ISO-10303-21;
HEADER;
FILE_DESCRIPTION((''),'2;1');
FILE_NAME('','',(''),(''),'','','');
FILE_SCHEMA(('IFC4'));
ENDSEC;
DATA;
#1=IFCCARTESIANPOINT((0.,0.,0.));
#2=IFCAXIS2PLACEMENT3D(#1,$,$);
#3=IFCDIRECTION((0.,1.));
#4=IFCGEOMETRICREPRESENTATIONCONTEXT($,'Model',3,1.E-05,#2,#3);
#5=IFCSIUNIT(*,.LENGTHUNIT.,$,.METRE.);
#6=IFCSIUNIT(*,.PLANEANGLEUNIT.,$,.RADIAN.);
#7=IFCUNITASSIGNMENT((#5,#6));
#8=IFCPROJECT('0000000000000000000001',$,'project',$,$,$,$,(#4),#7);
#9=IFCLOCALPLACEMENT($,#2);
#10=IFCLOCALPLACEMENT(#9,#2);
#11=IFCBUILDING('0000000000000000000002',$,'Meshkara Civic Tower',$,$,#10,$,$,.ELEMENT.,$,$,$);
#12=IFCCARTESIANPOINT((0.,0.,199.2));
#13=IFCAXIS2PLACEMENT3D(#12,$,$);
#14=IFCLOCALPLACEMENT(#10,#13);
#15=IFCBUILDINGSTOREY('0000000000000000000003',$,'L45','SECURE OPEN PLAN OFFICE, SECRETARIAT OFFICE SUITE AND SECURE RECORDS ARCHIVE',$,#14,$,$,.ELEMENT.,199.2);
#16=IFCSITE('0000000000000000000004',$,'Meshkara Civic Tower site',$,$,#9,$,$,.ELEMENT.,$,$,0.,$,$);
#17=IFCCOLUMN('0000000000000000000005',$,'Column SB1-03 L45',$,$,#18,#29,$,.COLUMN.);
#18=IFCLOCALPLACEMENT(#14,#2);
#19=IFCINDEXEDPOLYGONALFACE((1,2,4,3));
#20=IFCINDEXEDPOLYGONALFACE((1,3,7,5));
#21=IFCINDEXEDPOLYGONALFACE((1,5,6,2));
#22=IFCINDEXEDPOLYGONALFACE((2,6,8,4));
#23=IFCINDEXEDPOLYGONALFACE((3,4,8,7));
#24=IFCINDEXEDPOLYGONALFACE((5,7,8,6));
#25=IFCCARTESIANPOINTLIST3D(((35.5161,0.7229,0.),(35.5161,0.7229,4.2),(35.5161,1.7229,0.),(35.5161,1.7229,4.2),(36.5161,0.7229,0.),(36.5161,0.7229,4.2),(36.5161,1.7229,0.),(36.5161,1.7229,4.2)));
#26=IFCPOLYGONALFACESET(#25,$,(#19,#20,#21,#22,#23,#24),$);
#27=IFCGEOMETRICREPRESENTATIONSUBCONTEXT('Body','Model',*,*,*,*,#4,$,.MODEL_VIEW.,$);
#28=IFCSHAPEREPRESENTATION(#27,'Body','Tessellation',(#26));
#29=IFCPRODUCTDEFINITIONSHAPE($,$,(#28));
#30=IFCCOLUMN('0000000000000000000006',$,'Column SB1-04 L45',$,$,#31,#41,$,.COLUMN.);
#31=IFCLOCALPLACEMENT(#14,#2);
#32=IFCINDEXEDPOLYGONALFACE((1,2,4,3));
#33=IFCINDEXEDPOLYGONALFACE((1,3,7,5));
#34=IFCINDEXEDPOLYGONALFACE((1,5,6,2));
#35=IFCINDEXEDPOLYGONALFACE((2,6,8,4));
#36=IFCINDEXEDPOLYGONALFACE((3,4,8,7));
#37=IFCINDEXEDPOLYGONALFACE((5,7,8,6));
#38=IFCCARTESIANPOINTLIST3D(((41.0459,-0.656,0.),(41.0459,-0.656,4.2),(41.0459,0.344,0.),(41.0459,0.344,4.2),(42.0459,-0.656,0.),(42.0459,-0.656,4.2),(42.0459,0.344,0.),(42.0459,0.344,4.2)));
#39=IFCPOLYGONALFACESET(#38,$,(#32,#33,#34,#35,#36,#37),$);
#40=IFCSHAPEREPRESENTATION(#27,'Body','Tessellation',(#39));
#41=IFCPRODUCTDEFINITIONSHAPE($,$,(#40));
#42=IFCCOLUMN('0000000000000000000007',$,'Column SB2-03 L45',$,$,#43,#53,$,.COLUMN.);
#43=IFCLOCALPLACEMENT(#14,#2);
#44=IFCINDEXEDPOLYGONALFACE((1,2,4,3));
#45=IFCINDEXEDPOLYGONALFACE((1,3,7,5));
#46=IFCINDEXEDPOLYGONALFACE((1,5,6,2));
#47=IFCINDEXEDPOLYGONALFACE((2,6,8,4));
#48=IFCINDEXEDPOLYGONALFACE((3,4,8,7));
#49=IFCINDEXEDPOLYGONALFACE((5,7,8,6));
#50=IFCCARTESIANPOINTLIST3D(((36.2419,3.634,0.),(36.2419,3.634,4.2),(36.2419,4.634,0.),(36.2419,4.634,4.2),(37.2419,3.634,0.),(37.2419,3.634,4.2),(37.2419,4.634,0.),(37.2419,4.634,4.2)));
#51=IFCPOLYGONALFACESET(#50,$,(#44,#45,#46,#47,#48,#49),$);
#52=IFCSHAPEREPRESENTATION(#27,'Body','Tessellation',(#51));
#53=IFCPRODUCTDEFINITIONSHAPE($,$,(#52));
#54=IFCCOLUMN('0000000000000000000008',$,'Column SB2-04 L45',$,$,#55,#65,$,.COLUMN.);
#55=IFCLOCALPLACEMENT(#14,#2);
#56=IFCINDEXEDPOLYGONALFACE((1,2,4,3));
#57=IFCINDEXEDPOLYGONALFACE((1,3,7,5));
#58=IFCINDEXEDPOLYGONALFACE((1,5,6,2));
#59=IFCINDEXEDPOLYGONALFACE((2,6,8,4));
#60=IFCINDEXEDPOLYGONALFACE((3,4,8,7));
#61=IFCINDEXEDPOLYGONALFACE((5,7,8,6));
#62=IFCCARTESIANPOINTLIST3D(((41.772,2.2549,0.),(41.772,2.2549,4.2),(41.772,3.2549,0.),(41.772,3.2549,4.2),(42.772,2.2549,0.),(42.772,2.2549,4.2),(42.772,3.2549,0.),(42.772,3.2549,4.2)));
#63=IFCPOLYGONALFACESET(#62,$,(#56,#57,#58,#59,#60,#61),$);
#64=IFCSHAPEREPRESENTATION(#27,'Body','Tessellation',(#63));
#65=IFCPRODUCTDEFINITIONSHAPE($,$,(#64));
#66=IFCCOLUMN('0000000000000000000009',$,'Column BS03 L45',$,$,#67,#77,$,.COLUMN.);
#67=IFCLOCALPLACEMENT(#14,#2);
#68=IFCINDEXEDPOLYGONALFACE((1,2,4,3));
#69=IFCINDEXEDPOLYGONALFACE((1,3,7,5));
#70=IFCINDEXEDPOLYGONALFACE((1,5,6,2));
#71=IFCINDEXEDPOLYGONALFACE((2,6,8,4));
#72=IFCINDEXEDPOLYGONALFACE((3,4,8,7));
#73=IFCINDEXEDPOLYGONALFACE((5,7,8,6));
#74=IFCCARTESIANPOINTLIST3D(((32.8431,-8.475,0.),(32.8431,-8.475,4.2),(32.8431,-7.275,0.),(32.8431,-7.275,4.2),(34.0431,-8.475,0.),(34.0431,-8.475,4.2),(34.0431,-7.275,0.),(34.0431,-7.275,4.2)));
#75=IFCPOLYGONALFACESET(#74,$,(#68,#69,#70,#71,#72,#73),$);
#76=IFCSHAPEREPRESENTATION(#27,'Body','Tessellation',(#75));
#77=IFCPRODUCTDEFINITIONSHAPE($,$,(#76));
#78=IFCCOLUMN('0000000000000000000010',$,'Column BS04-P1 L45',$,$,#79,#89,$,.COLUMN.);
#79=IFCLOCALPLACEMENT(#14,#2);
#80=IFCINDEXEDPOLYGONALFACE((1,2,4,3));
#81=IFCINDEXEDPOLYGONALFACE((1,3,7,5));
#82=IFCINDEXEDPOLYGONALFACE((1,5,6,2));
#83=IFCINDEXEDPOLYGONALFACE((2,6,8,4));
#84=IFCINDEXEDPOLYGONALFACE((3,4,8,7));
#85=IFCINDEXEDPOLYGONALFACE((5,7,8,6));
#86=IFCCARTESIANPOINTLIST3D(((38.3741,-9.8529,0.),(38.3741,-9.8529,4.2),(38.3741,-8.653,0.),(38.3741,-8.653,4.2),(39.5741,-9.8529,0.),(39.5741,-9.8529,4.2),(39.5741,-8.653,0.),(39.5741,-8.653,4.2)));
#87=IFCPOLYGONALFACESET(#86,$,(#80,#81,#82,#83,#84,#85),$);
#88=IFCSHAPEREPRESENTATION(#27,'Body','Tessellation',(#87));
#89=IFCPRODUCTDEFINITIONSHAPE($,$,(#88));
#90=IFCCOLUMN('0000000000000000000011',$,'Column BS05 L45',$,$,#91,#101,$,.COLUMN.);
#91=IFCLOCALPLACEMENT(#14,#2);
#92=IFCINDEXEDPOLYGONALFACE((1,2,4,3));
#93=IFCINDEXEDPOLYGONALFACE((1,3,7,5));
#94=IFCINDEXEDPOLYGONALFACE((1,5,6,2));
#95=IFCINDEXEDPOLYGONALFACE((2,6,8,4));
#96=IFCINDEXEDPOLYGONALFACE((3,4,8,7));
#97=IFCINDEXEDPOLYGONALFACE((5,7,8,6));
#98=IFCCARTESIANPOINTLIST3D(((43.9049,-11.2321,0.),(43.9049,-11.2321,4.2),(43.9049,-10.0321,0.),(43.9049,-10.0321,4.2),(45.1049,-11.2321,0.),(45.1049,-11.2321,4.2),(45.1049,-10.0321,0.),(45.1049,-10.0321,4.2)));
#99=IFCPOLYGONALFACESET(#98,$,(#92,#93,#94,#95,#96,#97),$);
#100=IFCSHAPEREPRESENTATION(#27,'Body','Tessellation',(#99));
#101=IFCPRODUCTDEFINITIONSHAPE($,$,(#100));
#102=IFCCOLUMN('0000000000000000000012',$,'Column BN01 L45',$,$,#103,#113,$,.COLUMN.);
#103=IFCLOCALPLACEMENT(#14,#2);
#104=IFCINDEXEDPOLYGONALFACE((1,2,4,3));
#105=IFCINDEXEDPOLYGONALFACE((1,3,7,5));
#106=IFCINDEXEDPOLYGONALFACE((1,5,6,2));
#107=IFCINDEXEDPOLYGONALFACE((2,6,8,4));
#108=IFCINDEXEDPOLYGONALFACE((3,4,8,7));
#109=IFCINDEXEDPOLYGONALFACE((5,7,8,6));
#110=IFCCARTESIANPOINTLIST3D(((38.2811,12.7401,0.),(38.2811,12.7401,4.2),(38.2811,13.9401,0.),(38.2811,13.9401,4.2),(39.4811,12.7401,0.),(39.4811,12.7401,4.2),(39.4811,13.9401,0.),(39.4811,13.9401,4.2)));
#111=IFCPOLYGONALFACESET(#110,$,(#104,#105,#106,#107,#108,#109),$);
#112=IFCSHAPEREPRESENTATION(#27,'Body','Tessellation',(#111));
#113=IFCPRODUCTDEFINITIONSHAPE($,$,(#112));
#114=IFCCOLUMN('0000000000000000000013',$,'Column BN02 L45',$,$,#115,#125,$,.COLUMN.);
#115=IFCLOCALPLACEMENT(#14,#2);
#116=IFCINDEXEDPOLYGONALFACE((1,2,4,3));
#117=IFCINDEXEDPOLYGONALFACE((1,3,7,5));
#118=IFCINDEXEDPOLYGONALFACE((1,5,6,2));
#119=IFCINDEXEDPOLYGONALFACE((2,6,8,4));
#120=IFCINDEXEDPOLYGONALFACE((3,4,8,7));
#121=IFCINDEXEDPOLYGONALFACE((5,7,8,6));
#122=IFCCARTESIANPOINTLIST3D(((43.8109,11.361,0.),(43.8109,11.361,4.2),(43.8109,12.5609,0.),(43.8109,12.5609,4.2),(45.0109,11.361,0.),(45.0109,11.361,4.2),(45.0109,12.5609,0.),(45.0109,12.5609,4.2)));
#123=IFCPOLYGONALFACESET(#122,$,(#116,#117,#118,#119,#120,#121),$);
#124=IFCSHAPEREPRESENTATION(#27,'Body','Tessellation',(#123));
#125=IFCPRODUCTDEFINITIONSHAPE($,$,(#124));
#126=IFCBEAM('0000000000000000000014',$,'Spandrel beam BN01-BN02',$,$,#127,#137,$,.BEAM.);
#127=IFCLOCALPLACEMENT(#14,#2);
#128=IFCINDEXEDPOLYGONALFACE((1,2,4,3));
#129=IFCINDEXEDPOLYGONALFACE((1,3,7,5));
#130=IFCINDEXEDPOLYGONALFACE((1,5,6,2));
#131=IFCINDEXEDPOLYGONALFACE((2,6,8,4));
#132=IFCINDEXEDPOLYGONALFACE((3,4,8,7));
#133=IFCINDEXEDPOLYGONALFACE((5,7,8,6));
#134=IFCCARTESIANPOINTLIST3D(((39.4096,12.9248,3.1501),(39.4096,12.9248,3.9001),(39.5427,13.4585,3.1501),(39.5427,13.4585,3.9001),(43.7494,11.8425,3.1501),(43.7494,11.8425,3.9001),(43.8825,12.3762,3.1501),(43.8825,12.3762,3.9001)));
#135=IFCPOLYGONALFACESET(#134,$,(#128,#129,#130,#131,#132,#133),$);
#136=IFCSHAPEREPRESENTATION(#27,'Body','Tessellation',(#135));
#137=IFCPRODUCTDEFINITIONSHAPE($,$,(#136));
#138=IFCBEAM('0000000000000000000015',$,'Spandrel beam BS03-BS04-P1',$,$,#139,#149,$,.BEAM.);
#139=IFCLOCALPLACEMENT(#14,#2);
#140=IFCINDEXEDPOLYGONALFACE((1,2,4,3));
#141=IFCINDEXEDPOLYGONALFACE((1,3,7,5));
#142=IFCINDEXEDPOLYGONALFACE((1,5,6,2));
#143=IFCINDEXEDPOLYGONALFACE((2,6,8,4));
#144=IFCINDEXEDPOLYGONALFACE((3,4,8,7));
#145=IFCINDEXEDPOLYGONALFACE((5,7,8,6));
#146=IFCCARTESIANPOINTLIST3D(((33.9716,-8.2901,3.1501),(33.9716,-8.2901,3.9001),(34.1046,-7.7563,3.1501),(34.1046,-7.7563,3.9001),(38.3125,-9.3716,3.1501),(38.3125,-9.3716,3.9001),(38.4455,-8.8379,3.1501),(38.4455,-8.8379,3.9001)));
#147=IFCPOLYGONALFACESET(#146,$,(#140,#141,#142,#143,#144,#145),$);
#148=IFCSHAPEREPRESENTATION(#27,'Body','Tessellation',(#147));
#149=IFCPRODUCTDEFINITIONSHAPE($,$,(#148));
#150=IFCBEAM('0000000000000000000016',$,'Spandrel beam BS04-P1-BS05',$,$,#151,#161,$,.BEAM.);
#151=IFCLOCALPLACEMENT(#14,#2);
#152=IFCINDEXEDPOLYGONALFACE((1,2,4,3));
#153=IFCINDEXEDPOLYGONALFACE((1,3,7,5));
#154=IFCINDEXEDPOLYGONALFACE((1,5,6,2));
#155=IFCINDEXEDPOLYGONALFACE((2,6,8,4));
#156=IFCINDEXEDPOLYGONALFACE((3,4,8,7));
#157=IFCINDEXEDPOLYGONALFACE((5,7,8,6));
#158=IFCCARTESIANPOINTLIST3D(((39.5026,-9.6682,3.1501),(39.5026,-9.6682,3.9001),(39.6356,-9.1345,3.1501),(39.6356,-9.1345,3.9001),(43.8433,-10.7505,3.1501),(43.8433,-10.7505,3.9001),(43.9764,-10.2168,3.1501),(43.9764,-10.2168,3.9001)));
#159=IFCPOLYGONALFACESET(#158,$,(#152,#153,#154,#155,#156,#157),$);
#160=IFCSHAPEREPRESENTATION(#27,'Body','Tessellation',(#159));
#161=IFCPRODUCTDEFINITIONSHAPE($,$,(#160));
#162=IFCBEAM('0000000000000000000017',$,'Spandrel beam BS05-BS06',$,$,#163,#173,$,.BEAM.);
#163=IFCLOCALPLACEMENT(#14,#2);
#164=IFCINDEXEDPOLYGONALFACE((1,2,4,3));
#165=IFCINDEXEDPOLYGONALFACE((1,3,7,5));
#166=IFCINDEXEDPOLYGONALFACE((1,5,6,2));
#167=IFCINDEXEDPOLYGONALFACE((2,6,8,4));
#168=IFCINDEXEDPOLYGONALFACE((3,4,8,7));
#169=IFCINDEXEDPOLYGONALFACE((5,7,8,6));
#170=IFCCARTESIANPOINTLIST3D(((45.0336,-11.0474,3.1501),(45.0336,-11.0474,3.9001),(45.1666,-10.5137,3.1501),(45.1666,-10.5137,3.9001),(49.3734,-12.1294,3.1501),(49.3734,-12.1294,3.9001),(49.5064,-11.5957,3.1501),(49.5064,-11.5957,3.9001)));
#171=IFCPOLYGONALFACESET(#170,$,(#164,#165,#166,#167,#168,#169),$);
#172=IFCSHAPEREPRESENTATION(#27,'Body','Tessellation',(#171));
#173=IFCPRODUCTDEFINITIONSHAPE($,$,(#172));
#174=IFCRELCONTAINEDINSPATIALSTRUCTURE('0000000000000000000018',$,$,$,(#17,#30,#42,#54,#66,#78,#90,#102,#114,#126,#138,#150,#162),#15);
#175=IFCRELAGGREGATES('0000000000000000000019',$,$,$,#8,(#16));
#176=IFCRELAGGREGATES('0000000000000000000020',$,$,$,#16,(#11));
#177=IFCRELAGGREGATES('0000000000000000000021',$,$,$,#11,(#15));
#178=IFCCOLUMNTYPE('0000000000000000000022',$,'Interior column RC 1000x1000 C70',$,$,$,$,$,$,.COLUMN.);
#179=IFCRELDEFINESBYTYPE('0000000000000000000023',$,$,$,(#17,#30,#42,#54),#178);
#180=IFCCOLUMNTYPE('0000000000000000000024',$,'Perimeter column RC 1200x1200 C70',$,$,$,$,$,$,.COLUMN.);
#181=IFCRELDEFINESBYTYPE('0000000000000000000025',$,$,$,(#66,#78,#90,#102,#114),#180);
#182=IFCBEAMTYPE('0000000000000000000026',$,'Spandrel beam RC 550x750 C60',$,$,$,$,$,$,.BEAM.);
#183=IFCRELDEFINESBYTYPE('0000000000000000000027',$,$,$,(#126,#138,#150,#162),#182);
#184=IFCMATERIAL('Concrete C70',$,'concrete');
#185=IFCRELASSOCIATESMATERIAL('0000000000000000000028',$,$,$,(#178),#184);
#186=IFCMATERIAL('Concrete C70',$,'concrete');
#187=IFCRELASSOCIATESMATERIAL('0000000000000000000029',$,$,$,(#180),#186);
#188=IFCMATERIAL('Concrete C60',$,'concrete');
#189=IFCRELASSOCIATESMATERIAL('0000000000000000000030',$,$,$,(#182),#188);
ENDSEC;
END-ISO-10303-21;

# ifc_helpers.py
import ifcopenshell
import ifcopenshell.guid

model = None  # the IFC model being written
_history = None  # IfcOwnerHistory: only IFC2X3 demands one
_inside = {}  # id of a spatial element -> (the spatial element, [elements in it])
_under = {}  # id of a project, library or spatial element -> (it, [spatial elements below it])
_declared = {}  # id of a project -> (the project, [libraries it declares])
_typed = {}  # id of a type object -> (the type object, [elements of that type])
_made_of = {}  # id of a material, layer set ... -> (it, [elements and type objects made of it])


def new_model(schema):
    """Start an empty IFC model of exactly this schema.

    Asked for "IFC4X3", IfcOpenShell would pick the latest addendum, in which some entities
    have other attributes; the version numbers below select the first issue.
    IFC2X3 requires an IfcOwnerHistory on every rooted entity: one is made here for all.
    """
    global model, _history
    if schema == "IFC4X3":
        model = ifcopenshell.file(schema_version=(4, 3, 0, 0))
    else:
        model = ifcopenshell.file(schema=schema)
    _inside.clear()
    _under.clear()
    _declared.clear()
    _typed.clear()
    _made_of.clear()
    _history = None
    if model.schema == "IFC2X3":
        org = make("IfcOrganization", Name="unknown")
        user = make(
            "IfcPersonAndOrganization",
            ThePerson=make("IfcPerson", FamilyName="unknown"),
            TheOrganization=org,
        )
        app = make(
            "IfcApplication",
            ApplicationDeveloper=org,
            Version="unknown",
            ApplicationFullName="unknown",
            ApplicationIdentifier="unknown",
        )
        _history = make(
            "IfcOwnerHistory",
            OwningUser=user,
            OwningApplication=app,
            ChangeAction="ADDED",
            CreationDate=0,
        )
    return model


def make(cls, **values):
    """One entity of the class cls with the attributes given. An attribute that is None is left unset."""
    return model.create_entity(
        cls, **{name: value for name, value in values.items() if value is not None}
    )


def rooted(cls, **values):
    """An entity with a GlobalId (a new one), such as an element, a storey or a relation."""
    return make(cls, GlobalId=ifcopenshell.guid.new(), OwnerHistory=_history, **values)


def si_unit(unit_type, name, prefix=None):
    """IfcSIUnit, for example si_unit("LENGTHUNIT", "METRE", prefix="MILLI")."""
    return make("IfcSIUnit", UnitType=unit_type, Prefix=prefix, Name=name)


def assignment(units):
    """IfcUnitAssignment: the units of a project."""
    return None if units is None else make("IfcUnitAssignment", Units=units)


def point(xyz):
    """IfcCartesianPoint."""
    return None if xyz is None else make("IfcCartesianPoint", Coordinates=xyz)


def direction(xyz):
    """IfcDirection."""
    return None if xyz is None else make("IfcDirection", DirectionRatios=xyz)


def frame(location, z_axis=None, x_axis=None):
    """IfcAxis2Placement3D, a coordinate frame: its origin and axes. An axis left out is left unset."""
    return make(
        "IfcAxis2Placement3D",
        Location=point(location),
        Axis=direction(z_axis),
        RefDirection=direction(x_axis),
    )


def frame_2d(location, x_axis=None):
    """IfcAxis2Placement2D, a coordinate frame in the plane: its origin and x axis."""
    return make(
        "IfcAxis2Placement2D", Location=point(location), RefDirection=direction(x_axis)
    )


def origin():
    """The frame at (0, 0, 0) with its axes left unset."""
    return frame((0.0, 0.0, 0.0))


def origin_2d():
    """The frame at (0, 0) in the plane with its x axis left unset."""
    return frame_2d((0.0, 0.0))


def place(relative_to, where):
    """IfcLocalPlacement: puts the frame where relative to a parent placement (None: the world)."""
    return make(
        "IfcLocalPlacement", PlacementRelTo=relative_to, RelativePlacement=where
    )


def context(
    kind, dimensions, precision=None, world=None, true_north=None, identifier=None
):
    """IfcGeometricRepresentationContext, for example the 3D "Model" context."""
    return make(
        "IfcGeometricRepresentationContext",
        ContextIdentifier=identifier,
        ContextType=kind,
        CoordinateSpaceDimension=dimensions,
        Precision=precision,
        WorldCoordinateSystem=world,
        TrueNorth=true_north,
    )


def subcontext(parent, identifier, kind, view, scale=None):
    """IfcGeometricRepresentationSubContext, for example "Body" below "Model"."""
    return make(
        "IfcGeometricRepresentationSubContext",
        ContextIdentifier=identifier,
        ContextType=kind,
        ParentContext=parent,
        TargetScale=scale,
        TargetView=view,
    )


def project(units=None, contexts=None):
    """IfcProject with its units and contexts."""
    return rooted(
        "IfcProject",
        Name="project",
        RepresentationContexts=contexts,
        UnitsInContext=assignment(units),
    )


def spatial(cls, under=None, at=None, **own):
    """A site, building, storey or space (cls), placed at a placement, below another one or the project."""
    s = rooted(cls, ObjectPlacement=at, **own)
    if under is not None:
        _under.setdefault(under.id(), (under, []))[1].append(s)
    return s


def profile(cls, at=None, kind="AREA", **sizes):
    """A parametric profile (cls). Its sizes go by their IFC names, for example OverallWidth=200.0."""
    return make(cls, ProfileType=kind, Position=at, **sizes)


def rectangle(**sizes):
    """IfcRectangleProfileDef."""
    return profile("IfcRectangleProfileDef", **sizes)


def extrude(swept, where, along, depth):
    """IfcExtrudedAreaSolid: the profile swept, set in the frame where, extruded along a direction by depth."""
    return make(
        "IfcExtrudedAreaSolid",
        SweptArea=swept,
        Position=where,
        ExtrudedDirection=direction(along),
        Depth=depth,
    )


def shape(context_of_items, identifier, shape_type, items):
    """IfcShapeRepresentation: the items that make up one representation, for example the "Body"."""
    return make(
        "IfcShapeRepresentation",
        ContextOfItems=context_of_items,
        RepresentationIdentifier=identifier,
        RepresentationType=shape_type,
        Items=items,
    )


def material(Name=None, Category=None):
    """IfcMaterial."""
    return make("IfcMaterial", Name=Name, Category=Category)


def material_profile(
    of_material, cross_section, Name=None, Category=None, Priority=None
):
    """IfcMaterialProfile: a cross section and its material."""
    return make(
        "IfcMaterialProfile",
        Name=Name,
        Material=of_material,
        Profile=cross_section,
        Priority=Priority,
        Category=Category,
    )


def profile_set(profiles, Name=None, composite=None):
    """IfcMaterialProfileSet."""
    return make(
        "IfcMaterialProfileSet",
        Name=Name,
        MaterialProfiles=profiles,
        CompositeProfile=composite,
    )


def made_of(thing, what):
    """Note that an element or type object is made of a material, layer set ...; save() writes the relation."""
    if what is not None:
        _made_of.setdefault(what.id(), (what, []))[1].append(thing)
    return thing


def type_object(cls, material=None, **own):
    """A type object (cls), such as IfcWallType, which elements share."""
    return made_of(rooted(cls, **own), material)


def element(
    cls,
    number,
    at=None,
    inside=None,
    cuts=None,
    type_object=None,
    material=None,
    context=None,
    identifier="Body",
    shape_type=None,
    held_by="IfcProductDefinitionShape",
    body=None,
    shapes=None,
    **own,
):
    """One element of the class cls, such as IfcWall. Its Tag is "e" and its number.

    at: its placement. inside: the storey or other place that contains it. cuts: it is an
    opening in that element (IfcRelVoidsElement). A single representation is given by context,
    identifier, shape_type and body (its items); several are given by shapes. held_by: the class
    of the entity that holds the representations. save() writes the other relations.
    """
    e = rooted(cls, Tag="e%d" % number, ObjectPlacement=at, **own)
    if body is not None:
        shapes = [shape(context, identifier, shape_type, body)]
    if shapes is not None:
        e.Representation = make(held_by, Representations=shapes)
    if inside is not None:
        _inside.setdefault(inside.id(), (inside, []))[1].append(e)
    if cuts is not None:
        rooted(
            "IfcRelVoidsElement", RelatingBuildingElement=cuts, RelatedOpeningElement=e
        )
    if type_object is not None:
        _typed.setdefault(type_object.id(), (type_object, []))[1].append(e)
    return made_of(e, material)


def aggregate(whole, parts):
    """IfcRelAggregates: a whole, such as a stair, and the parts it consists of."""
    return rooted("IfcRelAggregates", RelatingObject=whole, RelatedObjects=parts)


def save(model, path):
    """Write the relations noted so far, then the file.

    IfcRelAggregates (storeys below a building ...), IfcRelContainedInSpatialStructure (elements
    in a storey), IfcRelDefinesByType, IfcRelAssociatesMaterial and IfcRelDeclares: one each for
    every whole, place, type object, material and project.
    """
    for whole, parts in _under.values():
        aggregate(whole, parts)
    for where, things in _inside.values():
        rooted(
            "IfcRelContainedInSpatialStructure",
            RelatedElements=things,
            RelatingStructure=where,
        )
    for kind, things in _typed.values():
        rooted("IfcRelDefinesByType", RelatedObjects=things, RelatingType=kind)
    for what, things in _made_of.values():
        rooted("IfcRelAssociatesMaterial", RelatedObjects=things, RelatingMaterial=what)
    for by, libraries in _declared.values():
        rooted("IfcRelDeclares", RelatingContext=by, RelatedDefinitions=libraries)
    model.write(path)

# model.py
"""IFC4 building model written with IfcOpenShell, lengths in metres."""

from ifc_helpers import new_model, si_unit, direction, frame, origin, origin_2d, place, context, subcontext, project, spatial, rectangle, extrude, material, material_profile, profile_set, type_object, element, save


model = new_model("IFC4")

# Units and contexts
model_context = context("Model", 3, precision=1e-05, world=origin(), true_north=direction((0.0, 1.0)))
body_context = subcontext(model_context, "Body", "Model", "MODEL_VIEW")
ifc_project = project(units=[si_unit("LENGTHUNIT", "METRE"), si_unit("PLANEANGLEUNIT", "RADIAN")], contexts=[model_context])

# Site, building, storey
site_placement = place(None, origin())
site = spatial("IfcSite", under=ifc_project, at=site_placement, Name="Meshkara Civic Tower site", CompositionType="ELEMENT", RefElevation=0.0)
building_placement = place(site_placement, origin())
building = spatial("IfcBuilding", under=site, at=building_placement, Name="Meshkara Civic Tower", CompositionType="ELEMENT")
storey_placement = place(building_placement, frame((0.0, 0.0, 199.2)))
storey = spatial("IfcBuildingStorey", under=building, at=storey_placement, Name="L45", Description="SECURE OPEN PLAN OFFICE, SECRETARIAT OFFICE SUITE AND SECURE RECORDS ARCHIVE", CompositionType="ELEMENT", Elevation=199.2)

# Columns
ifc_material_1 = material(Name="Concrete C70", Category="concrete")
ifc_material_profile_1 = material_profile(ifc_material_1, rectangle(XDim=1.0, YDim=1.0, at=origin_2d()))
ifc_profile_set_1 = profile_set([ifc_material_profile_1], Name="Concrete C70")
column_type_1 = type_object("IfcColumnType", Name="Interior column RC 1000x1000 C70", PredefinedType="COLUMN", material=ifc_profile_set_1)
for number, where, z_axis, x_axis, name in (
    (1, (36.0161, 1.2229, 0.0), (0.0, 0.0, 1.0), (1.0, 0.0, 0.0), "Column SB1-03 L45"),
    (2, (41.5459, -0.156, 0.0), (0.0, 0.0, 1.0), (1.0, 0.0, 0.0), "Column SB1-04 L45"),
    (3, (36.7419, 4.134, 0.0), (0.0, 0.0, 1.0), (1.0, 0.0, 0.0), "Column SB2-03 L45"),
    (4, (42.272, 2.7549, 0.0), (0.0, 0.0, 1.0), (1.0, 0.0, 0.0), "Column SB2-04 L45"),
):
    element("IfcColumn", number, at=place(storey_placement, frame(where, z_axis=z_axis, x_axis=x_axis)), inside=storey, type_object=column_type_1, Name=name, PredefinedType="COLUMN", context=body_context, shape_type="SweptSolid", body=[
        extrude(rectangle(XDim=1.0, YDim=1.0, at=origin_2d()), origin(), (0.0, 0.0, 1.0), 4.2),
    ])
ifc_material_2 = material(Name="Concrete C70", Category="concrete")
ifc_material_profile_2 = material_profile(ifc_material_2, rectangle(XDim=1.2, YDim=1.2, at=origin_2d()))
ifc_profile_set_2 = profile_set([ifc_material_profile_2], Name="Concrete C70")
column_type_2 = type_object("IfcColumnType", Name="Perimeter column RC 1200x1200 C70", PredefinedType="COLUMN", material=ifc_profile_set_2)
for number, where, z_axis, x_axis, name in (
    (5, (33.4431, -7.875, 0.0), (0.0, 0.0, 1.0), (1.0, 0.0, 0.0), "Column BS03 L45"),
    (6, (38.9741, -9.2529, 0.0), (0.0, 0.0, 1.0), (1.0, 0.0, 0.0), "Column BS04-P1 L45"),
    (7, (44.5049, -10.6321, 0.0), (0.0, 0.0, 1.0), (1.0, 0.0, 0.0), "Column BS05 L45"),
    (8, (38.8811, 13.3401, 0.0), (0.0, 0.0, 1.0), (1.0, 0.0, 0.0), "Column BN01 L45"),
    (9, (44.4109, 11.9609, 0.0), (0.0, 0.0, 1.0), (1.0, 0.0, 0.0), "Column BN02 L45"),
):
    element("IfcColumn", number, at=place(storey_placement, frame(where, z_axis=z_axis, x_axis=x_axis)), inside=storey, type_object=column_type_2, Name=name, PredefinedType="COLUMN", context=body_context, shape_type="SweptSolid", body=[
        extrude(rectangle(XDim=1.2, YDim=1.2, at=origin_2d()), origin(), (0.0, 0.0, 1.0), 4.2),
    ])

# Beams
ifc_material_3 = material(Name="Concrete C60", Category="concrete")
ifc_material_profile_3 = material_profile(ifc_material_3, rectangle(XDim=0.55, YDim=0.75, at=origin_2d()))
ifc_profile_set_3 = profile_set([ifc_material_profile_3], Name="Concrete C60")
beam_type = type_object("IfcBeamType", Name="Spandrel beam RC 550x750 C60", PredefinedType="BEAM", material=ifc_profile_set_3)
beam_1_placement = place(storey_placement, frame((43.8159, 12.1094, 3.5251), z_axis=(-0.970284, 0.24197, 0.0), x_axis=(-0.24197, -0.970284, 0.0)))
element("IfcBeam", 10, at=beam_1_placement, inside=storey, type_object=beam_type, Name="Spandrel beam BN01-BN02", PredefinedType="BEAM", context=body_context, shape_type="SweptSolid", body=[
    extrude(rectangle(XDim=0.55, YDim=0.75, at=origin_2d()), origin(), (0.0, 0.0, 1.0), 4.4727),
])
for number, where, z_axis, x_axis, name in (
    (11, (34.0381, -8.0232, 3.5251), (0.970335, -0.241765, 0.0), (0.241765, 0.970335, 0.0), "Spandrel beam BS03-BS04-P1"),
    (12, (39.5691, -9.4014, 3.5251), (0.970296, -0.241919, 0.0), (0.241919, 0.970296, 0.0), "Spandrel beam BS04-P1-BS05"),
):
    element("IfcBeam", number, at=place(storey_placement, frame(where, z_axis=z_axis, x_axis=x_axis)), inside=storey, type_object=beam_type, Name=name, PredefinedType="BEAM", context=body_context, shape_type="SweptSolid", body=[
        extrude(rectangle(XDim=0.55, YDim=0.75, at=origin_2d()), origin(), (0.0, 0.0, 1.0), 4.4736),
    ])
beam_2_placement = place(storey_placement, frame((45.1001, -10.7805, 3.5251), z_axis=(0.970296, -0.241919, 0.0), x_axis=(0.241919, 0.970296, 0.0)))
element("IfcBeam", 13, at=beam_2_placement, inside=storey, type_object=beam_type, Name="Spandrel beam BS05-BS06", PredefinedType="BEAM", context=body_context, shape_type="SweptSolid", body=[
    extrude(rectangle(XDim=0.55, YDim=0.75, at=origin_2d()), origin(), (0.0, 0.0, 1.0), 4.4727),
])

save(model, "model.ifc")
